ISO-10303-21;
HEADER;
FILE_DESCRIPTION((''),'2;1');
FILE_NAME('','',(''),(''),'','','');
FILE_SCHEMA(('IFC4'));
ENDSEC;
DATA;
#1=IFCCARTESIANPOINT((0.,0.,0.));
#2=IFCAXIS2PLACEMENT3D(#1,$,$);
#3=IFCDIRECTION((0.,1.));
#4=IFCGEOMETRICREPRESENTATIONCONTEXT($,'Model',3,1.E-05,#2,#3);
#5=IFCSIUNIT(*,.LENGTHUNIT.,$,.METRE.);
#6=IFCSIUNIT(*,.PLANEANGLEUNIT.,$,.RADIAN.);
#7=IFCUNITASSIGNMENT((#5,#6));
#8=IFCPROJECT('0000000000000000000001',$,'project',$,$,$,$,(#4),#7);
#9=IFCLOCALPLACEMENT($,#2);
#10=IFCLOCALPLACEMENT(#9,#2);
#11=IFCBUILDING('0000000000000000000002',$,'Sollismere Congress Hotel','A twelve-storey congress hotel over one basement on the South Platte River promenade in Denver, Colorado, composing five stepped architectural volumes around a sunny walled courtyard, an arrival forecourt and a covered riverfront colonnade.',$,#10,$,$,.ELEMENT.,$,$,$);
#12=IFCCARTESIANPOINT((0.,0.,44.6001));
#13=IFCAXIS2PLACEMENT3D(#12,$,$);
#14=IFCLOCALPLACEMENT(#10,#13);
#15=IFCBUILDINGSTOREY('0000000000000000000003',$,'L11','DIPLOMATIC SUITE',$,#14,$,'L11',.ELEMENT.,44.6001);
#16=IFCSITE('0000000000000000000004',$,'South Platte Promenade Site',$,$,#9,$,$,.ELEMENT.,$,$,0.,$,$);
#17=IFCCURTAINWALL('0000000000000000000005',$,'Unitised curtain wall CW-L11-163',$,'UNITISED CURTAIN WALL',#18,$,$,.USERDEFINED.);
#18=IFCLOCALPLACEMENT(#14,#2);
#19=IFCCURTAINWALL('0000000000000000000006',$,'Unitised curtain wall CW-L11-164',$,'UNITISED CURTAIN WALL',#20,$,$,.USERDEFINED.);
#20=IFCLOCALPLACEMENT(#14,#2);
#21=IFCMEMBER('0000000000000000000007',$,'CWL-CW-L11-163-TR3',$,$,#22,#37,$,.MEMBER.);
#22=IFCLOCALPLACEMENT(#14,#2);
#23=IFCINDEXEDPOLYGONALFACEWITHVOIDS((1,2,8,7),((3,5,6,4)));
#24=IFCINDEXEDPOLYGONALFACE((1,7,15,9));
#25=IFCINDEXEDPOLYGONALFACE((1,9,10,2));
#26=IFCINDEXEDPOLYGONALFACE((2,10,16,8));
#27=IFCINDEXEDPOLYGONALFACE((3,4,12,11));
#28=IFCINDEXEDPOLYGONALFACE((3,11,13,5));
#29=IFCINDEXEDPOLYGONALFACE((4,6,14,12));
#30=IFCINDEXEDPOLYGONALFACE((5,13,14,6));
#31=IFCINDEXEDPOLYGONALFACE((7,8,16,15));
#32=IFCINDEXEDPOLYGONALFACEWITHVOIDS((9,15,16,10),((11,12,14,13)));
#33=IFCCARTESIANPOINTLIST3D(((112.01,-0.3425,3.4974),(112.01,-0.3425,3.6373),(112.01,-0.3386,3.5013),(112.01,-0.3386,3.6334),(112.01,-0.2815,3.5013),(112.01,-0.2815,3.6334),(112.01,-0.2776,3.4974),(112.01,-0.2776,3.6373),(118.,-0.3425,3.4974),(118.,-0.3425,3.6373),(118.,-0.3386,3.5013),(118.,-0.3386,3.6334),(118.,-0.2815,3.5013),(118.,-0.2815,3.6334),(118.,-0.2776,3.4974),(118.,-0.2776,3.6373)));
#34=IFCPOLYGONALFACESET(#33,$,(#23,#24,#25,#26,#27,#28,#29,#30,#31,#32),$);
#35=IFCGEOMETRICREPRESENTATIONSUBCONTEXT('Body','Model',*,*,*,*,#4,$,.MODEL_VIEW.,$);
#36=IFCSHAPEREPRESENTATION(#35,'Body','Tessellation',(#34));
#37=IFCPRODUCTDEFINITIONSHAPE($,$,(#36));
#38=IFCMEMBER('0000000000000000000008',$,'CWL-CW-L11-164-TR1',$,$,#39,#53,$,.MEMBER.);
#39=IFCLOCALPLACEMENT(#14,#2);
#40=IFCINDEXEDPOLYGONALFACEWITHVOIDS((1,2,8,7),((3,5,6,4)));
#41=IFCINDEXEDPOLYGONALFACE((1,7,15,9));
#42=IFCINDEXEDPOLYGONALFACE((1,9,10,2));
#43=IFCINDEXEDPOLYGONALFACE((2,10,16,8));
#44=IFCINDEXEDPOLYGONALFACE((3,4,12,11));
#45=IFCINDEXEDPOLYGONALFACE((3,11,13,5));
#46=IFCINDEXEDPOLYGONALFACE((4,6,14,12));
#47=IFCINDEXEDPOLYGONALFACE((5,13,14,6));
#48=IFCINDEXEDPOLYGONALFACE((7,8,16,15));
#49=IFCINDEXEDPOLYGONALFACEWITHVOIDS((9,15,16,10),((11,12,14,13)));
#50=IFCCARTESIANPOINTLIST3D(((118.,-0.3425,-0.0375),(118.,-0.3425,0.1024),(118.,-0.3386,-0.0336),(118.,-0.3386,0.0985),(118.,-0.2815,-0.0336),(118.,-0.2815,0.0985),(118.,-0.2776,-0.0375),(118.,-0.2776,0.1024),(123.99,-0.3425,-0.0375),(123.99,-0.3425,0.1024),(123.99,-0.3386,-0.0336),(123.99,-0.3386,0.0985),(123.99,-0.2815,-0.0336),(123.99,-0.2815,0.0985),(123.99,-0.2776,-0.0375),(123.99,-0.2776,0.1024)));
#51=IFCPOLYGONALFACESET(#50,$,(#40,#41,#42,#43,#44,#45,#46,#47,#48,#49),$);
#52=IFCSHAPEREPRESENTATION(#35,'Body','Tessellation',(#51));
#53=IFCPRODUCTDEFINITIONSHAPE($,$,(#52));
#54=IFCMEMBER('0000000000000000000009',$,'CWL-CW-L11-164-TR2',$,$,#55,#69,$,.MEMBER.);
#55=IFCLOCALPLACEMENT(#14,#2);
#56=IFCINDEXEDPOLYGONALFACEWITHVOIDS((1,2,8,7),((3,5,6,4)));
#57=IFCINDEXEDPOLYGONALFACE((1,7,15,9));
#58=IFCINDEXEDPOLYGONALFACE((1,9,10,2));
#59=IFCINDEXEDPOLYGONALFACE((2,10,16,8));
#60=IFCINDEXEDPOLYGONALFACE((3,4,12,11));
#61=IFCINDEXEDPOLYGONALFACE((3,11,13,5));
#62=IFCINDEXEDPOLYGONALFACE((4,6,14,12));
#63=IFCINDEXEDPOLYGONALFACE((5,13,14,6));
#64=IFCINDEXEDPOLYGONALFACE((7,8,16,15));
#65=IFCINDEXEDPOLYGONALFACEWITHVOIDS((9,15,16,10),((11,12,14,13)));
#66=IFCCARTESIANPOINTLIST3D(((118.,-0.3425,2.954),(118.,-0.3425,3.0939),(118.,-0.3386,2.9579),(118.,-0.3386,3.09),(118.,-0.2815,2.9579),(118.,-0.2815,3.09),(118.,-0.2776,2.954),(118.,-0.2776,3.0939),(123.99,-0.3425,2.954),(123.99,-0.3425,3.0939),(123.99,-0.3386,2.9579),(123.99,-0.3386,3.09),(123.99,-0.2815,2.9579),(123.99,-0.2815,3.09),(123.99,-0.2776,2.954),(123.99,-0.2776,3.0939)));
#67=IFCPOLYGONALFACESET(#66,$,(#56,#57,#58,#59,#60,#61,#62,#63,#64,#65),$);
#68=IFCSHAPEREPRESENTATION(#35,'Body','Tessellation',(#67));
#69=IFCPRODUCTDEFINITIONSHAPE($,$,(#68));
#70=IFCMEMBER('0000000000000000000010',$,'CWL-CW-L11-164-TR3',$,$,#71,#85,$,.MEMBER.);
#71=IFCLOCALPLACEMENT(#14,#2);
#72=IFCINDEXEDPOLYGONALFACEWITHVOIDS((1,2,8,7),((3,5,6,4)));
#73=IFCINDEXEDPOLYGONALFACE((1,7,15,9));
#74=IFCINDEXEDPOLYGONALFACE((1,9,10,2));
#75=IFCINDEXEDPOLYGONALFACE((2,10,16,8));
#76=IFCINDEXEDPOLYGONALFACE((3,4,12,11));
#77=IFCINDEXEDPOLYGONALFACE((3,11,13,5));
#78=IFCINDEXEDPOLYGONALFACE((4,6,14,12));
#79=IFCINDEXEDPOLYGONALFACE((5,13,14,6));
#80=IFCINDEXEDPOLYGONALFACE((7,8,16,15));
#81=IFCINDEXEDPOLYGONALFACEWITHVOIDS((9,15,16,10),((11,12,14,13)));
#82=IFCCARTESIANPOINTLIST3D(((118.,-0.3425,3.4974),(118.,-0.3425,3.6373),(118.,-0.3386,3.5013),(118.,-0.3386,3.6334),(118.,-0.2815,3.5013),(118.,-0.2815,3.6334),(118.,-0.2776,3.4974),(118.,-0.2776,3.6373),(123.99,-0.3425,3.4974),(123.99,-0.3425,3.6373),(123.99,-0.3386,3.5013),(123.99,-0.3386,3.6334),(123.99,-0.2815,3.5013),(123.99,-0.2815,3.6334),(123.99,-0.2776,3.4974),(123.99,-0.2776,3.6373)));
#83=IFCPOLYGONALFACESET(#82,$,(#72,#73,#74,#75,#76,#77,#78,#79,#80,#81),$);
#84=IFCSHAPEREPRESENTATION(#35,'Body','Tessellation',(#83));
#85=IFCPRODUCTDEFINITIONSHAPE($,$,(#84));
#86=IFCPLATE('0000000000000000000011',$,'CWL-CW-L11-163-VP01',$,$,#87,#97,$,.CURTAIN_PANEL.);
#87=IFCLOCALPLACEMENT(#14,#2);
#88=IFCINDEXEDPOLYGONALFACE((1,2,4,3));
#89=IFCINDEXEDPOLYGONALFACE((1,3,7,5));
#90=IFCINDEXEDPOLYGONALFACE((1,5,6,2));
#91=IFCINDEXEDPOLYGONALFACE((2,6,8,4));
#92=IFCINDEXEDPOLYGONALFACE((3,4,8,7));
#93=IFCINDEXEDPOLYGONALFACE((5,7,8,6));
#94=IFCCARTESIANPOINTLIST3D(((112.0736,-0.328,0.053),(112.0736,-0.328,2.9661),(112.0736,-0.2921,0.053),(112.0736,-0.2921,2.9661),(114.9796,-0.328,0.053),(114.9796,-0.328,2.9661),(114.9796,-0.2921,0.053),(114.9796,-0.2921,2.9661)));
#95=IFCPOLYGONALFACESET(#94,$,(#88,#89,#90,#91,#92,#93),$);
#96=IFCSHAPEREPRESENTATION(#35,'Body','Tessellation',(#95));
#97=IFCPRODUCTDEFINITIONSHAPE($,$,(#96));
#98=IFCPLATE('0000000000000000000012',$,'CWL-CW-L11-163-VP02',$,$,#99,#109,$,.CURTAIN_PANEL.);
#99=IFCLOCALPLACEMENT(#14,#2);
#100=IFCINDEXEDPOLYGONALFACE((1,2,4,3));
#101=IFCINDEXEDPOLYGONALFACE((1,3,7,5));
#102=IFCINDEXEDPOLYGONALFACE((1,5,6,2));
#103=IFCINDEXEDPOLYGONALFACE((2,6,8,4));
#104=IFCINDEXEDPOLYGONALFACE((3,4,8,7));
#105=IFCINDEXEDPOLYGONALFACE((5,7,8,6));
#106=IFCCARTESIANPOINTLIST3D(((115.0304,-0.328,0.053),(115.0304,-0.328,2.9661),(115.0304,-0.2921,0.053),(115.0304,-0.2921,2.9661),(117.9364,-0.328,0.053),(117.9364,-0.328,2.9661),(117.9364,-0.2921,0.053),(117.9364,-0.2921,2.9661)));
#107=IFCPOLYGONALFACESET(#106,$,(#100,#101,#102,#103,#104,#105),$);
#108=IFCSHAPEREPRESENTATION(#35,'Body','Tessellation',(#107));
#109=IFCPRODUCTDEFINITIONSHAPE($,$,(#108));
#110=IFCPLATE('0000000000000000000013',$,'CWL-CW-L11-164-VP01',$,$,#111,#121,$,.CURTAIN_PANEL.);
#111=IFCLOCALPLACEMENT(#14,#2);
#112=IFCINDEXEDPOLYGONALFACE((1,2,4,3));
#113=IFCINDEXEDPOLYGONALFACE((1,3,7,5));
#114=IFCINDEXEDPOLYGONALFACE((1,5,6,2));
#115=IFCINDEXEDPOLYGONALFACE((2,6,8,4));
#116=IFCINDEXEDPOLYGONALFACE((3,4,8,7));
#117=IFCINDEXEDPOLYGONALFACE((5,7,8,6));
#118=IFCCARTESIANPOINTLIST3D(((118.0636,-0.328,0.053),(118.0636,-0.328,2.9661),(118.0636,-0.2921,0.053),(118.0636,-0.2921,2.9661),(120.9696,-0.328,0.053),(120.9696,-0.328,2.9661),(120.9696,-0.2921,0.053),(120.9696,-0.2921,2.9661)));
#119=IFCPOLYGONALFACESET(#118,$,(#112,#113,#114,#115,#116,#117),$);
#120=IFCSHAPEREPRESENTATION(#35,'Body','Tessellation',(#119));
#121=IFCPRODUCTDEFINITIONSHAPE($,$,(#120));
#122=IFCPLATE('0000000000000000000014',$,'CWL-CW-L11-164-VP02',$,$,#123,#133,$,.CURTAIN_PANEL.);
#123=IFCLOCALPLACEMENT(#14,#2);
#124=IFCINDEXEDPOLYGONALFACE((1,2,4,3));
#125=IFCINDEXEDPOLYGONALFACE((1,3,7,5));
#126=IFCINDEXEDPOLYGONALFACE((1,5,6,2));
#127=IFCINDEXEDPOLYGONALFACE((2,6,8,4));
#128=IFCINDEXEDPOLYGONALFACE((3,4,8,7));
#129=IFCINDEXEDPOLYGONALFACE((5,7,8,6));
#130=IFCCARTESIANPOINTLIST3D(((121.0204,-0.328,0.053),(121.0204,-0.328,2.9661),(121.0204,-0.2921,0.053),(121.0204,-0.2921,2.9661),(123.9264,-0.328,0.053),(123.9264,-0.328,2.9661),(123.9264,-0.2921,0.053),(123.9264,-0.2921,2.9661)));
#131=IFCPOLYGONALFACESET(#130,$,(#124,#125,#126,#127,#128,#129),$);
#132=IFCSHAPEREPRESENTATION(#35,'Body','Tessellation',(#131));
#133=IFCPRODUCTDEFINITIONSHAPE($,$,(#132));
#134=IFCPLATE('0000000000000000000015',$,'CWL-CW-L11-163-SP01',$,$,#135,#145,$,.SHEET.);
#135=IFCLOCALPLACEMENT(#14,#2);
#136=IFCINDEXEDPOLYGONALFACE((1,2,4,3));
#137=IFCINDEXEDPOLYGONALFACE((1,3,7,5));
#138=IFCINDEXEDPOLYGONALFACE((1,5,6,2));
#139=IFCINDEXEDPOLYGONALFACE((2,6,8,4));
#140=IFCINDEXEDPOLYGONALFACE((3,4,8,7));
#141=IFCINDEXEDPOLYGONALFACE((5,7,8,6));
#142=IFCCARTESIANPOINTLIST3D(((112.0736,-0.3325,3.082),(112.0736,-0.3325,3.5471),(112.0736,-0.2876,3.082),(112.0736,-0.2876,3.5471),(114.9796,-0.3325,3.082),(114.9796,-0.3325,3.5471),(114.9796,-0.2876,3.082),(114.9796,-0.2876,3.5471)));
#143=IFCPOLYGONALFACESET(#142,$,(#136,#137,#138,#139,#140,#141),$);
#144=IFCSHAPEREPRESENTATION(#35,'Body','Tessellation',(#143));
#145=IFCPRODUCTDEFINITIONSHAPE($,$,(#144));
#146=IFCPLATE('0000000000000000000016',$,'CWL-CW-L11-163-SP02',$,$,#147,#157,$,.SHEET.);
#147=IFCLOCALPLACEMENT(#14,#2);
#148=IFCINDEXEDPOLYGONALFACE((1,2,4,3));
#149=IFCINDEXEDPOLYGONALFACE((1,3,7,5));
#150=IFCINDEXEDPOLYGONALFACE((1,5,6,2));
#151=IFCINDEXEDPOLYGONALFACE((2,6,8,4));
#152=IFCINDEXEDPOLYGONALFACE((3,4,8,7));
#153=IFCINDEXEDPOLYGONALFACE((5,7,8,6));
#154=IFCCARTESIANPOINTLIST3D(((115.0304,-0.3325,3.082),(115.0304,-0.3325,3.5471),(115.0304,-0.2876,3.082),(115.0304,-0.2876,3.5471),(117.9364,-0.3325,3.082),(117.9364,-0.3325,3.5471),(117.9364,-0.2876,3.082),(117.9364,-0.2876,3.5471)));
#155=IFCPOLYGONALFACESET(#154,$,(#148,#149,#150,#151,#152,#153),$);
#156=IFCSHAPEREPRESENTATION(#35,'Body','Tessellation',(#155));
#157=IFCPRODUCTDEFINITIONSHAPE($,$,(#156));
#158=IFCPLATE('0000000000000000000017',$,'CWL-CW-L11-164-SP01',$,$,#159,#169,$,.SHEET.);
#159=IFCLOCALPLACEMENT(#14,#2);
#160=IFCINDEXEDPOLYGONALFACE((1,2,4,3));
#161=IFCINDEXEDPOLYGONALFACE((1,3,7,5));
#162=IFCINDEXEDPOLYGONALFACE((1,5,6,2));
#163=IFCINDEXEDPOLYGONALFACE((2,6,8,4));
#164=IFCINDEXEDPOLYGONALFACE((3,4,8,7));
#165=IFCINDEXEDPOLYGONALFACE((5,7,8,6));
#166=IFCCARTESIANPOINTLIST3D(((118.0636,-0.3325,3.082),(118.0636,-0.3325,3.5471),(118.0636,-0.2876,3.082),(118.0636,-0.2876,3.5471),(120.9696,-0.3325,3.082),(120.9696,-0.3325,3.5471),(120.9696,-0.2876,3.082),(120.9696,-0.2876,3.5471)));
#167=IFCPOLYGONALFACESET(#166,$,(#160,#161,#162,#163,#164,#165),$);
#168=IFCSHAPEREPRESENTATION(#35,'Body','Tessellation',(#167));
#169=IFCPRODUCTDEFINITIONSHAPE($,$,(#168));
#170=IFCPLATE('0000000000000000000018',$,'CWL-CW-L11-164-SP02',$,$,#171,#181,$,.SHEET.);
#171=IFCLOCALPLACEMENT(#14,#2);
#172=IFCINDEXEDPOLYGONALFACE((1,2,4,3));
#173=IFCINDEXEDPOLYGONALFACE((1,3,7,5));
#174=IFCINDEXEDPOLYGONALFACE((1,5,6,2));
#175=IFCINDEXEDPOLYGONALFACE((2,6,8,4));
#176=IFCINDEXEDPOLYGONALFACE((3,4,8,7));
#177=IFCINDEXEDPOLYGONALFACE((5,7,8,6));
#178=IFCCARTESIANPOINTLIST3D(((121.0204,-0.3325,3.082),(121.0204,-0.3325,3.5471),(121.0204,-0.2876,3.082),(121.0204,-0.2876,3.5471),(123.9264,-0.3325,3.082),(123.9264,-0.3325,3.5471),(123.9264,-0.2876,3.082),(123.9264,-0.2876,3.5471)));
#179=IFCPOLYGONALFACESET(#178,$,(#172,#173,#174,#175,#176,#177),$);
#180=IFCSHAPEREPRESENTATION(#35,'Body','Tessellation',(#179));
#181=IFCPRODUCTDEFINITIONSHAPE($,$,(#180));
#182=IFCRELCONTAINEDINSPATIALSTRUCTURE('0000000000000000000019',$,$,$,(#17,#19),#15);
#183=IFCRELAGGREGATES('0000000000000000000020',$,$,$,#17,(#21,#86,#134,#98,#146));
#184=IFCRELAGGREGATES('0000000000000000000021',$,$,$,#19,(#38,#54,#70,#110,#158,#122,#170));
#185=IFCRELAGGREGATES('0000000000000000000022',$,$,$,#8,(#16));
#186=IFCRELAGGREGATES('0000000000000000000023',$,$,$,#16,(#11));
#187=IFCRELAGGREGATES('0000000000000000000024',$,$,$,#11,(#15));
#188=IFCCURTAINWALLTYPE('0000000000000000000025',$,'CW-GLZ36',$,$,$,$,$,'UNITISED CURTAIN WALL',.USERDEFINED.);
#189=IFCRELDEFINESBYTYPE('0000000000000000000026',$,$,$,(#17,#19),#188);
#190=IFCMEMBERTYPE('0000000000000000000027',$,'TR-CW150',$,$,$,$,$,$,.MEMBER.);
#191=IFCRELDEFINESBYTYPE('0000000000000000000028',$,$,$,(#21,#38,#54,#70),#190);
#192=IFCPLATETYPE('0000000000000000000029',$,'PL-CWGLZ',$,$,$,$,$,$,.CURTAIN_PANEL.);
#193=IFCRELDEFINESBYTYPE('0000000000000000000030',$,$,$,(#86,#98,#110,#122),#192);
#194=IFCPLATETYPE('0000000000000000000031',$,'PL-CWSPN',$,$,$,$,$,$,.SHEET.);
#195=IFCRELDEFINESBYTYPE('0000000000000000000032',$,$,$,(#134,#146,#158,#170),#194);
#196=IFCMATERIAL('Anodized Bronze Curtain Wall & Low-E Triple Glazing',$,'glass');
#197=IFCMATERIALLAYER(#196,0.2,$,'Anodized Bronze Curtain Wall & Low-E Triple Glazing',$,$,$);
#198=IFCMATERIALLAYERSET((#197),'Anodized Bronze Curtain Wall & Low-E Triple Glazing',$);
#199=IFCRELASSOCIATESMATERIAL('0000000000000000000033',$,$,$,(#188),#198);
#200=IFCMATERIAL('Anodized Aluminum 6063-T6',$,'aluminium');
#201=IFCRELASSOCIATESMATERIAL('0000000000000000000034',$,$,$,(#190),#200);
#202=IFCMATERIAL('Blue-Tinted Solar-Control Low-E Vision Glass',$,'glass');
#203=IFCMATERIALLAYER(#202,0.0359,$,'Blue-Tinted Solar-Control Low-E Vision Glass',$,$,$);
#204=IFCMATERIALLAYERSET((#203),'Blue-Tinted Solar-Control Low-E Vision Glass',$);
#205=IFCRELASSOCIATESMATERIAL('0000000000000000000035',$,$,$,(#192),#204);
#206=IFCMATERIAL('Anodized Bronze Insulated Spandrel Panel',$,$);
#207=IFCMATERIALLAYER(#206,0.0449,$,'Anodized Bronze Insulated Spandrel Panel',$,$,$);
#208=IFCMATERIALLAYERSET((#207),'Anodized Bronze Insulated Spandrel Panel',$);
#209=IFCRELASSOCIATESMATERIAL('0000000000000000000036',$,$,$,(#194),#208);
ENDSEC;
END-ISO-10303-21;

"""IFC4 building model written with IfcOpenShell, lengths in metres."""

from ifc_helpers import new_model, si_unit, direction, frame, origin, origin_2d, place, context, subcontext, project, spatial, rectangle, hollow_rectangle, extrude, material, layer, layer_set, material_profile, profile_set, type_object, element, aggregate, save


model = new_model("IFC4")

# Units and contexts
model_context = context("Model", 3, precision=1e-05, world=origin(), true_north=direction((0.0, 1.0)))
body_context = subcontext(model_context, "Body", "Model", "MODEL_VIEW")
ifc_project = project(units=[si_unit("LENGTHUNIT", "METRE"), si_unit("PLANEANGLEUNIT", "RADIAN")], contexts=[model_context])

# Site, building, storey
site_placement = place(None, origin())
site = spatial("IfcSite", under=ifc_project, at=site_placement, Name="South Platte Promenade Site", CompositionType="ELEMENT", RefElevation=0.0)
building_placement = place(site_placement, origin())
building = spatial("IfcBuilding", under=site, at=building_placement, Name="Sollismere Congress Hotel", Description="A twelve-storey congress hotel over one basement on the South Platte River promenade in Denver, Colorado, composing five stepped architectural volumes around a sunny walled courtyard, an arrival forecourt and a covered riverfront colonnade.", CompositionType="ELEMENT")
storey_placement = place(building_placement, frame((0.0, 0.0, 44.6001)))
storey = spatial("IfcBuildingStorey", under=building, at=storey_placement, Name="L11", Description="DIPLOMATIC SUITE", LongName="L11", CompositionType="ELEMENT", Elevation=44.6001)

# Curtain walls
ifc_material_1 = material(Name="Anodized Bronze Curtain Wall & Low-E Triple Glazing", Category="glass")
ifc_layer_1 = layer(ifc_material_1, 0.2, Name="Anodized Bronze Curtain Wall & Low-E Triple Glazing")
ifc_layer_set_1 = layer_set([ifc_layer_1], Name="Anodized Bronze Curtain Wall & Low-E Triple Glazing")
curtain_wall_type = type_object("IfcCurtainWallType", Name="CW-GLZ36", ElementType="UNITISED CURTAIN WALL", PredefinedType="USERDEFINED", material=ifc_layer_set_1)
curtain_wall_1_placement = place(storey_placement, origin())
curtain_wall_1 = element("IfcCurtainWall", 1, at=curtain_wall_1_placement, inside=storey, type_object=curtain_wall_type, Name="Unitised curtain wall CW-L11-163", ObjectType="UNITISED CURTAIN WALL", PredefinedType="USERDEFINED")
ifc_material_2 = material(Name="Anodized Aluminum 6063-T6", Category="aluminium")
curtain_wall_2_placement = place(storey_placement, origin())
curtain_wall_2 = element("IfcCurtainWall", 2, at=curtain_wall_2_placement, inside=storey, type_object=curtain_wall_type, Name="Unitised curtain wall CW-L11-164", ObjectType="UNITISED CURTAIN WALL", PredefinedType="USERDEFINED")

# Members
ifc_material_profile_1 = material_profile(ifc_material_2, hollow_rectangle(XDim=0.0649, YDim=0.1399, WallThickness=0.0039, at=origin_2d()), Name="ALU140X65X4")
ifc_profile_set_1 = profile_set([ifc_material_profile_1], Name="Anodized Aluminum 6063-T6")
member_type_1 = type_object("IfcMemberType", Name="TR-CW150", PredefinedType="MEMBER", material=ifc_profile_set_1)
member_1_placement = place(storey_placement, frame((112.01, -0.3101, 3.5674), z_axis=(1.0, 0.0, 0.0), x_axis=(0.0, 1.0, 0.0)))
member_1 = element("IfcMember", 3, at=member_1_placement, type_object=member_type_1, Name="CWL-CW-L11-163-TR3", PredefinedType="MEMBER", context=body_context, shape_type="SweptSolid", body=[
    extrude(hollow_rectangle(XDim=0.0649, YDim=0.1399, WallThickness=0.0039, at=origin_2d()), origin(), (0.0, 0.0, 1.0), 5.99),
])
member_2_placement = place(storey_placement, frame((118.0, -0.3101, 0.0325), z_axis=(1.0, 0.0, 0.0), x_axis=(0.0, 1.0, 0.0)))
member_2 = element("IfcMember", 4, at=member_2_placement, type_object=member_type_1, Name="CWL-CW-L11-164-TR1", PredefinedType="MEMBER", context=body_context, shape_type="SweptSolid", body=[
    extrude(hollow_rectangle(XDim=0.0649, YDim=0.1399, WallThickness=0.0039, at=origin_2d()), origin(), (0.0, 0.0, 1.0), 5.99),
])
member_3_placement = place(storey_placement, frame((118.0, -0.3101, 3.0239), z_axis=(1.0, 0.0, 0.0), x_axis=(0.0, 1.0, 0.0)))
member_3 = element("IfcMember", 5, at=member_3_placement, type_object=member_type_1, Name="CWL-CW-L11-164-TR2", PredefinedType="MEMBER", context=body_context, shape_type="SweptSolid", body=[
    extrude(hollow_rectangle(XDim=0.0649, YDim=0.1399, WallThickness=0.0039, at=origin_2d()), origin(), (0.0, 0.0, 1.0), 5.99),
])
member_4_placement = place(storey_placement, frame((118.0, -0.3101, 3.5674), z_axis=(1.0, 0.0, 0.0), x_axis=(0.0, 1.0, 0.0)))
member_4 = element("IfcMember", 6, at=member_4_placement, type_object=member_type_1, Name="CWL-CW-L11-164-TR3", PredefinedType="MEMBER", context=body_context, shape_type="SweptSolid", body=[
    extrude(hollow_rectangle(XDim=0.0649, YDim=0.1399, WallThickness=0.0039, at=origin_2d()), origin(), (0.0, 0.0, 1.0), 5.99),
])

# Plates
ifc_material_3 = material(Name="Blue-Tinted Solar-Control Low-E Vision Glass", Category="glass")
ifc_layer_2 = layer(ifc_material_3, 0.0359, Name="Blue-Tinted Solar-Control Low-E Vision Glass")
ifc_layer_set_2 = layer_set([ifc_layer_2], Name="Blue-Tinted Solar-Control Low-E Vision Glass")
plate_type_1 = type_object("IfcPlateType", Name="PL-CWGLZ", PredefinedType="CURTAIN_PANEL", material=ifc_layer_set_2)
plate_1_placement = place(storey_placement, frame((113.5266, -0.3101, 0.053), z_axis=(0.0, 0.0, 1.0), x_axis=(1.0, 0.0, 0.0)))
plate_1 = element("IfcPlate", 7, at=plate_1_placement, type_object=plate_type_1, Name="CWL-CW-L11-163-VP01", PredefinedType="CURTAIN_PANEL", context=body_context, shape_type="SweptSolid", body=[
    extrude(rectangle(XDim=2.906, YDim=0.0359, at=origin_2d()), origin(), (0.0, 0.0, 1.0), 2.9131),
])
plate_2_placement = place(storey_placement, frame((116.4834, -0.3101, 0.053), z_axis=(0.0, 0.0, 1.0), x_axis=(1.0, 0.0, 0.0)))
plate_2 = element("IfcPlate", 8, at=plate_2_placement, type_object=plate_type_1, Name="CWL-CW-L11-163-VP02", PredefinedType="CURTAIN_PANEL", context=body_context, shape_type="SweptSolid", body=[
    extrude(rectangle(XDim=2.906, YDim=0.0359, at=origin_2d()), origin(), (0.0, 0.0, 1.0), 2.9131),
])
plate_3_placement = place(storey_placement, frame((119.5166, -0.3101, 0.053), z_axis=(0.0, 0.0, 1.0), x_axis=(1.0, 0.0, 0.0)))
plate_3 = element("IfcPlate", 9, at=plate_3_placement, type_object=plate_type_1, Name="CWL-CW-L11-164-VP01", PredefinedType="CURTAIN_PANEL", context=body_context, shape_type="SweptSolid", body=[
    extrude(rectangle(XDim=2.906, YDim=0.0359, at=origin_2d()), origin(), (0.0, 0.0, 1.0), 2.9131),
])
plate_4_placement = place(storey_placement, frame((122.4734, -0.3101, 0.053), z_axis=(0.0, 0.0, 1.0), x_axis=(1.0, 0.0, 0.0)))
plate_4 = element("IfcPlate", 10, at=plate_4_placement, type_object=plate_type_1, Name="CWL-CW-L11-164-VP02", PredefinedType="CURTAIN_PANEL", context=body_context, shape_type="SweptSolid", body=[
    extrude(rectangle(XDim=2.906, YDim=0.0359, at=origin_2d()), origin(), (0.0, 0.0, 1.0), 2.9131),
])
ifc_material_4 = material(Name="Anodized Bronze Insulated Spandrel Panel")
ifc_layer_3 = layer(ifc_material_4, 0.0449, Name="Anodized Bronze Insulated Spandrel Panel")
ifc_layer_set_3 = layer_set([ifc_layer_3], Name="Anodized Bronze Insulated Spandrel Panel")
plate_type_2 = type_object("IfcPlateType", Name="PL-CWSPN", PredefinedType="SHEET", material=ifc_layer_set_3)
plate_5_placement = place(storey_placement, frame((113.5266, -0.3101, 3.082), z_axis=(0.0, 0.0, 1.0), x_axis=(1.0, 0.0, 0.0)))
plate_5 = element("IfcPlate", 11, at=plate_5_placement, type_object=plate_type_2, Name="CWL-CW-L11-163-SP01", PredefinedType="SHEET", context=body_context, shape_type="SweptSolid", body=[
    extrude(rectangle(XDim=2.906, YDim=0.0449, at=origin_2d()), origin(), (0.0, 0.0, 1.0), 0.4651),
])
plate_6_placement = place(storey_placement, frame((116.4834, -0.3101, 3.082), z_axis=(0.0, 0.0, 1.0), x_axis=(1.0, 0.0, 0.0)))
plate_6 = element("IfcPlate", 12, at=plate_6_placement, type_object=plate_type_2, Name="CWL-CW-L11-163-SP02", PredefinedType="SHEET", context=body_context, shape_type="SweptSolid", body=[
    extrude(rectangle(XDim=2.906, YDim=0.0449, at=origin_2d()), origin(), (0.0, 0.0, 1.0), 0.4651),
])
aggregate(curtain_wall_1, [member_1, plate_1, plate_5, plate_2, plate_6])
plate_7_placement = place(storey_placement, frame((119.5166, -0.3101, 3.082), z_axis=(0.0, 0.0, 1.0), x_axis=(1.0, 0.0, 0.0)))
plate_7 = element("IfcPlate", 13, at=plate_7_placement, type_object=plate_type_2, Name="CWL-CW-L11-164-SP01", PredefinedType="SHEET", context=body_context, shape_type="SweptSolid", body=[
    extrude(rectangle(XDim=2.906, YDim=0.0449, at=origin_2d()), origin(), (0.0, 0.0, 1.0), 0.4651),
])
plate_8_placement = place(storey_placement, frame((122.4734, -0.3101, 3.082), z_axis=(0.0, 0.0, 1.0), x_axis=(1.0, 0.0, 0.0)))
plate_8 = element("IfcPlate", 14, at=plate_8_placement, type_object=plate_type_2, Name="CWL-CW-L11-164-SP02", PredefinedType="SHEET", context=body_context, shape_type="SweptSolid", body=[
    extrude(rectangle(XDim=2.906, YDim=0.0449, at=origin_2d()), origin(), (0.0, 0.0, 1.0), 0.4651),
])
aggregate(curtain_wall_2, [member_2, member_3, member_4, plate_3, plate_7, plate_4, plate_8])

save(model, "model.ifc")
